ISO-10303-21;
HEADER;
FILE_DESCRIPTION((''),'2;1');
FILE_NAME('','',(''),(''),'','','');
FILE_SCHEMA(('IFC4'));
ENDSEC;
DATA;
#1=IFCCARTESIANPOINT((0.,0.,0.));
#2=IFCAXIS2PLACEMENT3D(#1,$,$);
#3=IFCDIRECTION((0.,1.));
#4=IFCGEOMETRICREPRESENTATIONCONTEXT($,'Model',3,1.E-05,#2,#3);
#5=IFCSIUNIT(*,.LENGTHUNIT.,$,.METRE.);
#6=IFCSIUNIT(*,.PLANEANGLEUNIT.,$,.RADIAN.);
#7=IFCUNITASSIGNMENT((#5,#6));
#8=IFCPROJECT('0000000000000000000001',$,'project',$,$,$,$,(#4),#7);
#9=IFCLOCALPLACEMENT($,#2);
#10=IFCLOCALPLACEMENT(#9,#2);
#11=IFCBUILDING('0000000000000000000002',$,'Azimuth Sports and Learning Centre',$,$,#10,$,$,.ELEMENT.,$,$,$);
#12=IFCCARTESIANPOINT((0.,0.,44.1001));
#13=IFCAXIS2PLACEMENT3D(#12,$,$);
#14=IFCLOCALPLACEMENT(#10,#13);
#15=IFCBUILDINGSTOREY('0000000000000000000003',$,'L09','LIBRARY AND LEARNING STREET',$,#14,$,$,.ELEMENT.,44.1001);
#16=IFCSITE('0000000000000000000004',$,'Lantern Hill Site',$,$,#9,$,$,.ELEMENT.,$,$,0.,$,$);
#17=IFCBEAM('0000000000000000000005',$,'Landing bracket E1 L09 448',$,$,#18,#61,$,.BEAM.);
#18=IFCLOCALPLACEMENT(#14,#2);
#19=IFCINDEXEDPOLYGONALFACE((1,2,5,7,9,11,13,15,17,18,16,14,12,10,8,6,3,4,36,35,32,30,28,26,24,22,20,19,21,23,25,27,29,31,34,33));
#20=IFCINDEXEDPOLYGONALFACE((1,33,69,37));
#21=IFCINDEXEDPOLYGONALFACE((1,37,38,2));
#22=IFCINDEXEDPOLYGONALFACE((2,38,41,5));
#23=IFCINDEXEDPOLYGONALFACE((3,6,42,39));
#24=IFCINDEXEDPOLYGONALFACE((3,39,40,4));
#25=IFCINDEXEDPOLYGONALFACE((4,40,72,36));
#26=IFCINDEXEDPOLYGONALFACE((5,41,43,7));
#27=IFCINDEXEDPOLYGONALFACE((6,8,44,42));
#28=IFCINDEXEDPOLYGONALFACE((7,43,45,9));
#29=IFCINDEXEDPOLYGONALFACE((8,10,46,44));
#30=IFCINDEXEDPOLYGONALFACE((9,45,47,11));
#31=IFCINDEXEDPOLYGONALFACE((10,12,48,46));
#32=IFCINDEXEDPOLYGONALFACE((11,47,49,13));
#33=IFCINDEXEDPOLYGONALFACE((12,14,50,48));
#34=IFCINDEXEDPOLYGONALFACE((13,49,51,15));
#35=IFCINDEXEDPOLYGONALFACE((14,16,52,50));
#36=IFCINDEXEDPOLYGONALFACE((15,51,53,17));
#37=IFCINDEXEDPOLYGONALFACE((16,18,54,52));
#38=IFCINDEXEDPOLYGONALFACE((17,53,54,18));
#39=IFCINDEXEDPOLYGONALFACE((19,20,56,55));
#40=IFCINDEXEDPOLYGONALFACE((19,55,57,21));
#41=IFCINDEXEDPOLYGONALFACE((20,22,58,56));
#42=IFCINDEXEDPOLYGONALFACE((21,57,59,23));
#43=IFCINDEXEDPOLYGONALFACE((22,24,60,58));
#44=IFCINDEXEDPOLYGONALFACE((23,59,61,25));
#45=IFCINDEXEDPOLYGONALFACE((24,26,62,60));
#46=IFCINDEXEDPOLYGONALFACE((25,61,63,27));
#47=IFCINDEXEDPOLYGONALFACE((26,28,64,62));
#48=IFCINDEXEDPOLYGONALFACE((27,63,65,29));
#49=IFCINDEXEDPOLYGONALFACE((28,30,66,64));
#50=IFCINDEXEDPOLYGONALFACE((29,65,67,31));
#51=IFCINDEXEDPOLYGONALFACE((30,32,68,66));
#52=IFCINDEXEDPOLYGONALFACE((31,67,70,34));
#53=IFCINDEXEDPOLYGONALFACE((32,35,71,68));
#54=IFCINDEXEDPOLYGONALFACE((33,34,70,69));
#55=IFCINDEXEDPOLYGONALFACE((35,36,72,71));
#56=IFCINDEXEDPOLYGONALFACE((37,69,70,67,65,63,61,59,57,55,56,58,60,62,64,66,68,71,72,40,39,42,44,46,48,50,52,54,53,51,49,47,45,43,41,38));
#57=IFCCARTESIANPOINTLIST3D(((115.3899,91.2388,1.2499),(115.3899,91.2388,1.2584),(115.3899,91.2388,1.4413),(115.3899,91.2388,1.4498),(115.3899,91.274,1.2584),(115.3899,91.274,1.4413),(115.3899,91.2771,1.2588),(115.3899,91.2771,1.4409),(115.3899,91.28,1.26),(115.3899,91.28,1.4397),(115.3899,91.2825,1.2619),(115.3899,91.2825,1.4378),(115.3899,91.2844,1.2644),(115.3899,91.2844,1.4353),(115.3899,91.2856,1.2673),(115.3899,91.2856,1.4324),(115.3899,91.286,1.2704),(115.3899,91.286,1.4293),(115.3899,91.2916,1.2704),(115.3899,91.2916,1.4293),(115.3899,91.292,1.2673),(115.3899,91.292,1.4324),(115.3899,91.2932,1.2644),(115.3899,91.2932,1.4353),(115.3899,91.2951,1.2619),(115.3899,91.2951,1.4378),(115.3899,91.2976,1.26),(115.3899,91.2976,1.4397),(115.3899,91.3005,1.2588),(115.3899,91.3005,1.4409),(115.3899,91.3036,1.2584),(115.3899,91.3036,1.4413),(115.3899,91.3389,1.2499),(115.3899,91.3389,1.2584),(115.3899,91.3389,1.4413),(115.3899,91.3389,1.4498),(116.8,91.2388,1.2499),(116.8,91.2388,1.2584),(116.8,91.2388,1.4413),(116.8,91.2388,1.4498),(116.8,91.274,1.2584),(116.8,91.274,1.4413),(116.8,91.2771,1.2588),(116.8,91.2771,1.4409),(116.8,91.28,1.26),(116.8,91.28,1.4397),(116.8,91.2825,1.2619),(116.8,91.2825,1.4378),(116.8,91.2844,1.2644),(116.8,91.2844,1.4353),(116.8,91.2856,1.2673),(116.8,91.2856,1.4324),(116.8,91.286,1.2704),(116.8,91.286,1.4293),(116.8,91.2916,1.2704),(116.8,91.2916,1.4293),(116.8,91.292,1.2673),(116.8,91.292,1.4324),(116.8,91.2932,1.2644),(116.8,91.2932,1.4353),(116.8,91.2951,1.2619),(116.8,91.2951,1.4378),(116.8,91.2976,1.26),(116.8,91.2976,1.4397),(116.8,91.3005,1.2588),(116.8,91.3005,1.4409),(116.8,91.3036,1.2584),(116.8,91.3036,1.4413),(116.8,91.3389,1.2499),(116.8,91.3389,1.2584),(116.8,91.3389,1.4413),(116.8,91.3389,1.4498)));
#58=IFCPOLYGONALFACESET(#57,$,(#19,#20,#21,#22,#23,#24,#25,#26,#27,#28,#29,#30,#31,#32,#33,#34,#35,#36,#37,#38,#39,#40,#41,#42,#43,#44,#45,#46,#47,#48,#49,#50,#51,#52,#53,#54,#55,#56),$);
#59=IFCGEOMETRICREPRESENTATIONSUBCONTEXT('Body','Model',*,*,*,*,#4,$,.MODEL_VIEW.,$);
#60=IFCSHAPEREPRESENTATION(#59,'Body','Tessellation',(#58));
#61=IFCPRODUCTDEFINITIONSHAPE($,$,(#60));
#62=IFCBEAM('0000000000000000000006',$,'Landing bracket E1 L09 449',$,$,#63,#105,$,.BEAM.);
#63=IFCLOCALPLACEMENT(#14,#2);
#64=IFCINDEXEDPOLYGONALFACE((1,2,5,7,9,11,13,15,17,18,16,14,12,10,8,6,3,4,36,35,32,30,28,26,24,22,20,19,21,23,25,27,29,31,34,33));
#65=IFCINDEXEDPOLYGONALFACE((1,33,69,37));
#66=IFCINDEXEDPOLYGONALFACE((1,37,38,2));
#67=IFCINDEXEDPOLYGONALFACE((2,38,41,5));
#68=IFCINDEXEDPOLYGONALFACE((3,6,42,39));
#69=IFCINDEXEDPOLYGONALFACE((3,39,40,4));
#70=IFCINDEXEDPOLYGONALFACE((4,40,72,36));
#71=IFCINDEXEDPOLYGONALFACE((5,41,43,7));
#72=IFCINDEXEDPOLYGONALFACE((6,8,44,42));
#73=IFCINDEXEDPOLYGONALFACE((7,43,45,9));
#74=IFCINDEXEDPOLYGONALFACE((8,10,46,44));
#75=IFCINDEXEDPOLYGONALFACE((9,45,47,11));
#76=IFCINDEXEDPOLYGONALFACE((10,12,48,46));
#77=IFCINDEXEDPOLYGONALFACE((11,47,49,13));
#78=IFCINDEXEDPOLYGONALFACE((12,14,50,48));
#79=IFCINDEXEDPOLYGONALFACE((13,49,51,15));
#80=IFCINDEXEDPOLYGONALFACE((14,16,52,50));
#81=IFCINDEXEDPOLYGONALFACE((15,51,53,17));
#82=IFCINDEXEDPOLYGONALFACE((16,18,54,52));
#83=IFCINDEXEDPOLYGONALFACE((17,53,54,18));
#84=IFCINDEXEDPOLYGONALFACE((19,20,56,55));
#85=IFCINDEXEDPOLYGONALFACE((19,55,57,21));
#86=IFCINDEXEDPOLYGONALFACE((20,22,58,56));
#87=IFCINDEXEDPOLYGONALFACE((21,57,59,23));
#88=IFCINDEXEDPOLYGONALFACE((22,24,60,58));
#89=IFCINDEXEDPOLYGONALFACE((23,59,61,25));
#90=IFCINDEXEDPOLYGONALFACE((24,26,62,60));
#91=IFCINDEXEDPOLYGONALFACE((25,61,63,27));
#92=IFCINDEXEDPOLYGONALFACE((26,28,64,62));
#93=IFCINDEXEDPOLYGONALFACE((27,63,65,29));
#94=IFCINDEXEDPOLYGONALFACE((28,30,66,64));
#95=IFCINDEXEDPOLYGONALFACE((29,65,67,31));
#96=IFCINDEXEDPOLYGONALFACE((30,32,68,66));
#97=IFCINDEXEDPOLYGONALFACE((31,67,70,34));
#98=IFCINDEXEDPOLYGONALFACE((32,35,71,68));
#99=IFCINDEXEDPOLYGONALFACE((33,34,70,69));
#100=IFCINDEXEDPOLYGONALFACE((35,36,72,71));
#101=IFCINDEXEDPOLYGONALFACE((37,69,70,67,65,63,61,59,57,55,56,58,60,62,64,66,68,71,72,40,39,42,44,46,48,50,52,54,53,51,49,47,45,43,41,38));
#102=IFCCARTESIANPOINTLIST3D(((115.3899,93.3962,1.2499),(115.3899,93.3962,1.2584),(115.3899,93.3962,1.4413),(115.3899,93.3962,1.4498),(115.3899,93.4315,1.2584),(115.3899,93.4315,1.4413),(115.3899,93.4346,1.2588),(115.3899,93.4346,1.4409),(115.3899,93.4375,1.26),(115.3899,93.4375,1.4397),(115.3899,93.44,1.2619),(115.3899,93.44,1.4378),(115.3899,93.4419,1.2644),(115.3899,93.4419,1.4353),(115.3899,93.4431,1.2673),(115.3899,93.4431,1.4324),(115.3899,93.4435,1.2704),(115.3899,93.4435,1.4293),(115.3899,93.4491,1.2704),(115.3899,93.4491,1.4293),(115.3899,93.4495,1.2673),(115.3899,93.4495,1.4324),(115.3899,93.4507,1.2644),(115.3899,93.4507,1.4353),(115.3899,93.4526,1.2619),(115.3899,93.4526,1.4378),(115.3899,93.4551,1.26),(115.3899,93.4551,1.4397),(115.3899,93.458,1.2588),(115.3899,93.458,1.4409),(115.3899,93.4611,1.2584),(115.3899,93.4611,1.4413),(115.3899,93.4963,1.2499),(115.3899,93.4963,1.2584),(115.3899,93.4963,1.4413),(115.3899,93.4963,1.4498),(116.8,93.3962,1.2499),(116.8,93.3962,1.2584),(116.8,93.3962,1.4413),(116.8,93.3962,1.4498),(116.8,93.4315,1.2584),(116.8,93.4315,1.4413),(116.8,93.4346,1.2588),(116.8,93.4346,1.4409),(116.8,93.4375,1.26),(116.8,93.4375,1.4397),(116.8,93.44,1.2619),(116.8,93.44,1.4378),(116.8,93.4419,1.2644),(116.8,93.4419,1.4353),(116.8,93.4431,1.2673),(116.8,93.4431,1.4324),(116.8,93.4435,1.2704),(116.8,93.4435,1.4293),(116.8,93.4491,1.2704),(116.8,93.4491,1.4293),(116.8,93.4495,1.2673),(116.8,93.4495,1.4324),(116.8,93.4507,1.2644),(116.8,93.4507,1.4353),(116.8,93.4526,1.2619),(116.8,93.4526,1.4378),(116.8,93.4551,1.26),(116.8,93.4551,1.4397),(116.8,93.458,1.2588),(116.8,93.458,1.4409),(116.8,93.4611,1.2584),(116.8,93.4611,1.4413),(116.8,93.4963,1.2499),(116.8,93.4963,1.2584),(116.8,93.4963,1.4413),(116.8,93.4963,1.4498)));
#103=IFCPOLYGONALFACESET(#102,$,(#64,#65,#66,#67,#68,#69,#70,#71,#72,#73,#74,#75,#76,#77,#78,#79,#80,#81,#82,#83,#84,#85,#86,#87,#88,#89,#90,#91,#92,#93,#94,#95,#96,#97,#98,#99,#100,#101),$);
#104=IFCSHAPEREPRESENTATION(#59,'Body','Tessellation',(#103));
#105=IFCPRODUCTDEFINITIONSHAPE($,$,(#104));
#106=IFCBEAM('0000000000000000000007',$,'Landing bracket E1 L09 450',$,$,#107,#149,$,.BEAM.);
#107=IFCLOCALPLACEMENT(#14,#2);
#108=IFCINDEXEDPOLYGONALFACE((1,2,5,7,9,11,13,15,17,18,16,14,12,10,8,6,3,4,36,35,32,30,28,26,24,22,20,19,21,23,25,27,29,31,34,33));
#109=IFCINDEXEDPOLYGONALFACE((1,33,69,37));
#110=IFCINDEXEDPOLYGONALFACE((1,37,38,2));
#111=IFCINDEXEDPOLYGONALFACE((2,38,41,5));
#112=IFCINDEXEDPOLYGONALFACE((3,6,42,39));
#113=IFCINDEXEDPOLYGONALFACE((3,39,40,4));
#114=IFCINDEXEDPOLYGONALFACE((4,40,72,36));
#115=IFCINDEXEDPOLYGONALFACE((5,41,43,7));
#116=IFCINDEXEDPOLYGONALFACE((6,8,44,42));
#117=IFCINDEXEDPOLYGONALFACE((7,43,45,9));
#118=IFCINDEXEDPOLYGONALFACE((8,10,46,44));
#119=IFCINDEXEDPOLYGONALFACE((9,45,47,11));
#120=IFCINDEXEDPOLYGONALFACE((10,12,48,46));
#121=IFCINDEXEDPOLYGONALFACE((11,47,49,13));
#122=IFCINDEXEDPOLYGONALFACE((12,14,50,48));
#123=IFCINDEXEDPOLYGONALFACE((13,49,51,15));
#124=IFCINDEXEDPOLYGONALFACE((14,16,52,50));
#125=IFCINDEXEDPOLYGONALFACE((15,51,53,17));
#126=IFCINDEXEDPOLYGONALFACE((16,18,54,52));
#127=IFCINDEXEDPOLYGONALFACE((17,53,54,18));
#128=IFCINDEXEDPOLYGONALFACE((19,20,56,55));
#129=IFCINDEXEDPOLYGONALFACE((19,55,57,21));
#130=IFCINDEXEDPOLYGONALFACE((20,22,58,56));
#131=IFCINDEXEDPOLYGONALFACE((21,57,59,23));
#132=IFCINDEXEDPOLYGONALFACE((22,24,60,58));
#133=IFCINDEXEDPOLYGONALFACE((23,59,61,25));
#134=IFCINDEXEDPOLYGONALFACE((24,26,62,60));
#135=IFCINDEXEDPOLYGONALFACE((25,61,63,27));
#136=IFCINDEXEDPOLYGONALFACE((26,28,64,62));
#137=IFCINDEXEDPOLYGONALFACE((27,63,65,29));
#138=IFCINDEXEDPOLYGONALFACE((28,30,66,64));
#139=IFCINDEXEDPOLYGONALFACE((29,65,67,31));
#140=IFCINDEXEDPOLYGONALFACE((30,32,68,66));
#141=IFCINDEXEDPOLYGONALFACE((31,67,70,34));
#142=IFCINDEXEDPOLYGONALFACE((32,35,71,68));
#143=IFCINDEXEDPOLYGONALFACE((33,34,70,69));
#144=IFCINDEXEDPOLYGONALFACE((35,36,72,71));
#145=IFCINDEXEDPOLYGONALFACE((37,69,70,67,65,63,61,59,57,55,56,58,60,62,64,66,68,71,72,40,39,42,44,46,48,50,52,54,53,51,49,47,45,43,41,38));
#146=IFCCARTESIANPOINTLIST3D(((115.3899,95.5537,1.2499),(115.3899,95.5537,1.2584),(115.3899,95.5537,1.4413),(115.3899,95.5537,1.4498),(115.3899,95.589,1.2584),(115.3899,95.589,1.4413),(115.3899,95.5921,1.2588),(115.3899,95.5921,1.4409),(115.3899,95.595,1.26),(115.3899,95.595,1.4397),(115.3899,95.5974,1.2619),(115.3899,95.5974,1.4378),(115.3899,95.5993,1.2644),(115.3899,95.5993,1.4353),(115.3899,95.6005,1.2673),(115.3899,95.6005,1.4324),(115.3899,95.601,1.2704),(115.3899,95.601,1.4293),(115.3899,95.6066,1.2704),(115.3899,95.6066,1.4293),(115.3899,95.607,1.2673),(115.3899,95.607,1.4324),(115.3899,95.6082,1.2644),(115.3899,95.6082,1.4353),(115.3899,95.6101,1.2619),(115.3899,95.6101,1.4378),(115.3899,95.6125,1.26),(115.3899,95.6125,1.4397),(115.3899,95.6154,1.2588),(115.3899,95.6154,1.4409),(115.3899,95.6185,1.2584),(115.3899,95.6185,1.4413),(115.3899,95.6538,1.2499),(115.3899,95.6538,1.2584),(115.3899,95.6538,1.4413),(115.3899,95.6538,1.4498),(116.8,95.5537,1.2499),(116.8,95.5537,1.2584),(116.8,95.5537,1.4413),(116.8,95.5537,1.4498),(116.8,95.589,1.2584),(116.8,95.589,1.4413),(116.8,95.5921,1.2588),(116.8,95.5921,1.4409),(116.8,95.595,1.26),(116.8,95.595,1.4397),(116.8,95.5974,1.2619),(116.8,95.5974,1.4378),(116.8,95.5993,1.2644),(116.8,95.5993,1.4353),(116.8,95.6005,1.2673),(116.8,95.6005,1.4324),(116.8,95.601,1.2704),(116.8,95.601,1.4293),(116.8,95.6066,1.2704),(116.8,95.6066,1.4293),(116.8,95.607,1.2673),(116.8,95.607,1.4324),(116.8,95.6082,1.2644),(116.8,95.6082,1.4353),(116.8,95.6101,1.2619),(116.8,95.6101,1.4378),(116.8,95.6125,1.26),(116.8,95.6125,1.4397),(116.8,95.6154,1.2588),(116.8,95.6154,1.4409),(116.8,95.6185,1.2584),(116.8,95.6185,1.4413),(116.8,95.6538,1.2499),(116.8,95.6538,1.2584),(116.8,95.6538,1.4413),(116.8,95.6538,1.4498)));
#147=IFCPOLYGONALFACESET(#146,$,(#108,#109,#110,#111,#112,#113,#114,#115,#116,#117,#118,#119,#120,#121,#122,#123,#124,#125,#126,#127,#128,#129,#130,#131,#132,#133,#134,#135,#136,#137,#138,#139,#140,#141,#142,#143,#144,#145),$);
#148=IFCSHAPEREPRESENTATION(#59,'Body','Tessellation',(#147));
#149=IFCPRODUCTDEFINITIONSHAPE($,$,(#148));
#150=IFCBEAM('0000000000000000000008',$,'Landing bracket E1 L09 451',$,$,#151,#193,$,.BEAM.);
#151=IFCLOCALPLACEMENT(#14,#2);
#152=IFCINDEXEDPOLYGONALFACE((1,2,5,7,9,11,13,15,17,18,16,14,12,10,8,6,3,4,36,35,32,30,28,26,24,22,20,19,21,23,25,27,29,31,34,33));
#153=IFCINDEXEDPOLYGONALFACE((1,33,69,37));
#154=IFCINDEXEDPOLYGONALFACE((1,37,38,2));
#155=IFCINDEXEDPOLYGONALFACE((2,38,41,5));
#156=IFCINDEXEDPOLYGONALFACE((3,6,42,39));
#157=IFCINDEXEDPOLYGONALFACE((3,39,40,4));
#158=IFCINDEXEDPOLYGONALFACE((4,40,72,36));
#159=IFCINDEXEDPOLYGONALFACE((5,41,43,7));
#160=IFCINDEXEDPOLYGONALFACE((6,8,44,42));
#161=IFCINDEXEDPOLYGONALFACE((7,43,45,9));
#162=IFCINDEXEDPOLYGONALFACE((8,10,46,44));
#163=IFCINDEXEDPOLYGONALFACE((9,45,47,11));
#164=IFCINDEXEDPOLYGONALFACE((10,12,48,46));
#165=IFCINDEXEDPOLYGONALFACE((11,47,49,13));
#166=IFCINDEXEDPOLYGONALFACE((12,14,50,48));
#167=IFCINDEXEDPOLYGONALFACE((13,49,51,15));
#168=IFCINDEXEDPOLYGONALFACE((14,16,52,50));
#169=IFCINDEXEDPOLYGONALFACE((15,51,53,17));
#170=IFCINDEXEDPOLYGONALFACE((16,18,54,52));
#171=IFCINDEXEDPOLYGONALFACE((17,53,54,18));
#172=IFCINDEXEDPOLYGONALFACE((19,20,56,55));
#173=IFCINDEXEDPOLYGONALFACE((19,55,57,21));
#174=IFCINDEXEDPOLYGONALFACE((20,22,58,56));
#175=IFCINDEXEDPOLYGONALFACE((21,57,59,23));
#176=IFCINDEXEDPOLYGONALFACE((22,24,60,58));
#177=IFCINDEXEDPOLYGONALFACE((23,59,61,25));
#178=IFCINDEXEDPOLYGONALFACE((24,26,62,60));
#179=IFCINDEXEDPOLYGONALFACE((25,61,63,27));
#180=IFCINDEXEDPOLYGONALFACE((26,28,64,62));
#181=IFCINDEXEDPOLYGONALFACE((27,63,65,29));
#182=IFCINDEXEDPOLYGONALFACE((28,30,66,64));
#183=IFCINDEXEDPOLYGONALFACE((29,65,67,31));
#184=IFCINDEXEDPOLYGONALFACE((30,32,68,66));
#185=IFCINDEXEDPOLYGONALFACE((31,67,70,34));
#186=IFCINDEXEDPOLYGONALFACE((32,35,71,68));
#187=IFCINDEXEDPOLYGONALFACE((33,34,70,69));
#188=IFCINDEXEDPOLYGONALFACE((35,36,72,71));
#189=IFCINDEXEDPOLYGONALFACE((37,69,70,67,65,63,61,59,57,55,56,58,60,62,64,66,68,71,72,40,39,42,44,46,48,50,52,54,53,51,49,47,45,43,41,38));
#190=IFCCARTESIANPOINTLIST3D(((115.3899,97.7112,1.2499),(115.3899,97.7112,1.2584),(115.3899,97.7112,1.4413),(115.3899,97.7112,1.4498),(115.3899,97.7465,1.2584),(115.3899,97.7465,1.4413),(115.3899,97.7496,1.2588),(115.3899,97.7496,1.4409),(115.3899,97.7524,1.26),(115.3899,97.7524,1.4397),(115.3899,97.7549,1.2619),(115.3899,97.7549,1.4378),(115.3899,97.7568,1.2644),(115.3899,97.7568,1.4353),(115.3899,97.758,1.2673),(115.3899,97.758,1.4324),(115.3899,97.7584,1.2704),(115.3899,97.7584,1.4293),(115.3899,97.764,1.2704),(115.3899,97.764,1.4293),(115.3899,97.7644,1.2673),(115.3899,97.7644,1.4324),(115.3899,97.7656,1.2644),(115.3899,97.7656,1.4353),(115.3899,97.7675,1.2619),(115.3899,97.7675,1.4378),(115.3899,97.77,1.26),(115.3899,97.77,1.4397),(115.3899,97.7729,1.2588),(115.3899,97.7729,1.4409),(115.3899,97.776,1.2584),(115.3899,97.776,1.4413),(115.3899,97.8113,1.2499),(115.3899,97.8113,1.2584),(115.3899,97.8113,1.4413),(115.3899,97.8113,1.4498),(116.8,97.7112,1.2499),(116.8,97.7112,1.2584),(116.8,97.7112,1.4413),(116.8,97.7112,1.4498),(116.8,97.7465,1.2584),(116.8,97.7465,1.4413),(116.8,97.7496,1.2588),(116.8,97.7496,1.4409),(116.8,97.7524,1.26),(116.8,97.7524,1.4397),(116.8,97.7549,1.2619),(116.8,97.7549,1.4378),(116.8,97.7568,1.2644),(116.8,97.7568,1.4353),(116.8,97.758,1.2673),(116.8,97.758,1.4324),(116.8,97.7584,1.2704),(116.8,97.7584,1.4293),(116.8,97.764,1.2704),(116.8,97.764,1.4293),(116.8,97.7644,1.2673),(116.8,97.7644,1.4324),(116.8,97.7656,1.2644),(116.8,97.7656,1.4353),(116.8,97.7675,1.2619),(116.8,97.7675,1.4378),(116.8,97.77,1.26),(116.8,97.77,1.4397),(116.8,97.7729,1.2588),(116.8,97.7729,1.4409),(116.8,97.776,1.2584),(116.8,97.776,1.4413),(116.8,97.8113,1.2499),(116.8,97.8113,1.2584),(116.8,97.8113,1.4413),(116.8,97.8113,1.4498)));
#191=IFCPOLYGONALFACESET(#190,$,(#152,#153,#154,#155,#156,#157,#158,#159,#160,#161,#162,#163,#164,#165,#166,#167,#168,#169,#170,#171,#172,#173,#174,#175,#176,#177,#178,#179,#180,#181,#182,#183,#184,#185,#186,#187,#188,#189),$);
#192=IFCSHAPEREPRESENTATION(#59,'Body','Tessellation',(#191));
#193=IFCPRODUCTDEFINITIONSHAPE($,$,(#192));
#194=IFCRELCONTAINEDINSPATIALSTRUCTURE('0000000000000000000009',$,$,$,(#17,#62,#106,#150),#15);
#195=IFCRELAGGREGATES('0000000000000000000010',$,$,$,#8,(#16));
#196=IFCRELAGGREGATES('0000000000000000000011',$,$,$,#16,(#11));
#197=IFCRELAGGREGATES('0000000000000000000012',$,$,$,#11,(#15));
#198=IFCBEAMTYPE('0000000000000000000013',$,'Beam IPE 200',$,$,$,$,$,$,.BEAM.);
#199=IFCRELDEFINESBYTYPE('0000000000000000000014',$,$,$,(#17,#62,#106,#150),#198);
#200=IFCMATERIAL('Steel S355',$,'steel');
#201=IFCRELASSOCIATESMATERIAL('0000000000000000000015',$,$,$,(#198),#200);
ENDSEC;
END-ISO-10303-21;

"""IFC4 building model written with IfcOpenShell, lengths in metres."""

from ifc_helpers import new_model, si_unit, direction, frame, origin, origin_2d, place, context, subcontext, project, spatial, i_section, extrude, material, material_profile, profile_set, type_object, element, save


model = new_model("IFC4")

# Units and contexts
model_context = context("Model", 3, precision=1e-05, world=origin(), true_north=direction((0.0, 1.0)))
body_context = subcontext(model_context, "Body", "Model", "MODEL_VIEW")
ifc_project = project(units=[si_unit("LENGTHUNIT", "METRE"), si_unit("PLANEANGLEUNIT", "RADIAN")], contexts=[model_context])

# Site, building, storey
site_placement = place(None, origin())
site = spatial("IfcSite", under=ifc_project, at=site_placement, Name="Lantern Hill Site", CompositionType="ELEMENT", RefElevation=0.0)
building_placement = place(site_placement, origin())
building = spatial("IfcBuilding", under=site, at=building_placement, Name="Azimuth Sports and Learning Centre", CompositionType="ELEMENT")
storey_placement = place(building_placement, frame((0.0, 0.0, 44.1001)))
storey = spatial("IfcBuildingStorey", under=building, at=storey_placement, Name="L09", Description="LIBRARY AND LEARNING STREET", CompositionType="ELEMENT", Elevation=44.1001)

# Beams
ifc_material_1 = material(Name="Steel S355", Category="steel")
ifc_material_profile = material_profile(ifc_material_1, i_section(OverallWidth=0.1001, OverallDepth=0.2, WebThickness=0.0056, FlangeThickness=0.0085, FilletRadius=0.012, at=origin_2d()), Name="IPE 200")
ifc_profile_set = profile_set([ifc_material_profile], Name="Steel S355")
beam_type = type_object("IfcBeamType", Name="Beam IPE 200", PredefinedType="BEAM", material=ifc_profile_set)
for number, where, z_axis, x_axis, name in (
    (1, (116.8, 91.2888, 1.3499), (-1.0, 0.0, 0.0), (0.0, -1.0, 0.0), "Landing bracket E1 L09 448"),
    (2, (116.8, 93.4463, 1.3499), (-1.0, 0.0, 0.0), (0.0, -1.0, 0.0), "Landing bracket E1 L09 449"),
    (3, (116.8, 95.6038, 1.3499), (-1.0, 0.0, 0.0), (0.0, -1.0, 0.0), "Landing bracket E1 L09 450"),
    (4, (116.8, 97.7612, 1.3499), (-1.0, 0.0, 0.0), (0.0, -1.0, 0.0), "Landing bracket E1 L09 451"),
):
    element("IfcBeam", number, at=place(storey_placement, frame(where, z_axis=z_axis, x_axis=x_axis)), inside=storey, type_object=beam_type, Name=name, PredefinedType="BEAM", context=body_context, shape_type="SweptSolid", body=[
        extrude(i_section(OverallWidth=0.1001, OverallDepth=0.2, WebThickness=0.0056, FlangeThickness=0.0085, FilletRadius=0.012, at=origin_2d()), origin(), (0.0, 0.0, 1.0), 1.4102),
    ])

save(model, "model.ifc")
